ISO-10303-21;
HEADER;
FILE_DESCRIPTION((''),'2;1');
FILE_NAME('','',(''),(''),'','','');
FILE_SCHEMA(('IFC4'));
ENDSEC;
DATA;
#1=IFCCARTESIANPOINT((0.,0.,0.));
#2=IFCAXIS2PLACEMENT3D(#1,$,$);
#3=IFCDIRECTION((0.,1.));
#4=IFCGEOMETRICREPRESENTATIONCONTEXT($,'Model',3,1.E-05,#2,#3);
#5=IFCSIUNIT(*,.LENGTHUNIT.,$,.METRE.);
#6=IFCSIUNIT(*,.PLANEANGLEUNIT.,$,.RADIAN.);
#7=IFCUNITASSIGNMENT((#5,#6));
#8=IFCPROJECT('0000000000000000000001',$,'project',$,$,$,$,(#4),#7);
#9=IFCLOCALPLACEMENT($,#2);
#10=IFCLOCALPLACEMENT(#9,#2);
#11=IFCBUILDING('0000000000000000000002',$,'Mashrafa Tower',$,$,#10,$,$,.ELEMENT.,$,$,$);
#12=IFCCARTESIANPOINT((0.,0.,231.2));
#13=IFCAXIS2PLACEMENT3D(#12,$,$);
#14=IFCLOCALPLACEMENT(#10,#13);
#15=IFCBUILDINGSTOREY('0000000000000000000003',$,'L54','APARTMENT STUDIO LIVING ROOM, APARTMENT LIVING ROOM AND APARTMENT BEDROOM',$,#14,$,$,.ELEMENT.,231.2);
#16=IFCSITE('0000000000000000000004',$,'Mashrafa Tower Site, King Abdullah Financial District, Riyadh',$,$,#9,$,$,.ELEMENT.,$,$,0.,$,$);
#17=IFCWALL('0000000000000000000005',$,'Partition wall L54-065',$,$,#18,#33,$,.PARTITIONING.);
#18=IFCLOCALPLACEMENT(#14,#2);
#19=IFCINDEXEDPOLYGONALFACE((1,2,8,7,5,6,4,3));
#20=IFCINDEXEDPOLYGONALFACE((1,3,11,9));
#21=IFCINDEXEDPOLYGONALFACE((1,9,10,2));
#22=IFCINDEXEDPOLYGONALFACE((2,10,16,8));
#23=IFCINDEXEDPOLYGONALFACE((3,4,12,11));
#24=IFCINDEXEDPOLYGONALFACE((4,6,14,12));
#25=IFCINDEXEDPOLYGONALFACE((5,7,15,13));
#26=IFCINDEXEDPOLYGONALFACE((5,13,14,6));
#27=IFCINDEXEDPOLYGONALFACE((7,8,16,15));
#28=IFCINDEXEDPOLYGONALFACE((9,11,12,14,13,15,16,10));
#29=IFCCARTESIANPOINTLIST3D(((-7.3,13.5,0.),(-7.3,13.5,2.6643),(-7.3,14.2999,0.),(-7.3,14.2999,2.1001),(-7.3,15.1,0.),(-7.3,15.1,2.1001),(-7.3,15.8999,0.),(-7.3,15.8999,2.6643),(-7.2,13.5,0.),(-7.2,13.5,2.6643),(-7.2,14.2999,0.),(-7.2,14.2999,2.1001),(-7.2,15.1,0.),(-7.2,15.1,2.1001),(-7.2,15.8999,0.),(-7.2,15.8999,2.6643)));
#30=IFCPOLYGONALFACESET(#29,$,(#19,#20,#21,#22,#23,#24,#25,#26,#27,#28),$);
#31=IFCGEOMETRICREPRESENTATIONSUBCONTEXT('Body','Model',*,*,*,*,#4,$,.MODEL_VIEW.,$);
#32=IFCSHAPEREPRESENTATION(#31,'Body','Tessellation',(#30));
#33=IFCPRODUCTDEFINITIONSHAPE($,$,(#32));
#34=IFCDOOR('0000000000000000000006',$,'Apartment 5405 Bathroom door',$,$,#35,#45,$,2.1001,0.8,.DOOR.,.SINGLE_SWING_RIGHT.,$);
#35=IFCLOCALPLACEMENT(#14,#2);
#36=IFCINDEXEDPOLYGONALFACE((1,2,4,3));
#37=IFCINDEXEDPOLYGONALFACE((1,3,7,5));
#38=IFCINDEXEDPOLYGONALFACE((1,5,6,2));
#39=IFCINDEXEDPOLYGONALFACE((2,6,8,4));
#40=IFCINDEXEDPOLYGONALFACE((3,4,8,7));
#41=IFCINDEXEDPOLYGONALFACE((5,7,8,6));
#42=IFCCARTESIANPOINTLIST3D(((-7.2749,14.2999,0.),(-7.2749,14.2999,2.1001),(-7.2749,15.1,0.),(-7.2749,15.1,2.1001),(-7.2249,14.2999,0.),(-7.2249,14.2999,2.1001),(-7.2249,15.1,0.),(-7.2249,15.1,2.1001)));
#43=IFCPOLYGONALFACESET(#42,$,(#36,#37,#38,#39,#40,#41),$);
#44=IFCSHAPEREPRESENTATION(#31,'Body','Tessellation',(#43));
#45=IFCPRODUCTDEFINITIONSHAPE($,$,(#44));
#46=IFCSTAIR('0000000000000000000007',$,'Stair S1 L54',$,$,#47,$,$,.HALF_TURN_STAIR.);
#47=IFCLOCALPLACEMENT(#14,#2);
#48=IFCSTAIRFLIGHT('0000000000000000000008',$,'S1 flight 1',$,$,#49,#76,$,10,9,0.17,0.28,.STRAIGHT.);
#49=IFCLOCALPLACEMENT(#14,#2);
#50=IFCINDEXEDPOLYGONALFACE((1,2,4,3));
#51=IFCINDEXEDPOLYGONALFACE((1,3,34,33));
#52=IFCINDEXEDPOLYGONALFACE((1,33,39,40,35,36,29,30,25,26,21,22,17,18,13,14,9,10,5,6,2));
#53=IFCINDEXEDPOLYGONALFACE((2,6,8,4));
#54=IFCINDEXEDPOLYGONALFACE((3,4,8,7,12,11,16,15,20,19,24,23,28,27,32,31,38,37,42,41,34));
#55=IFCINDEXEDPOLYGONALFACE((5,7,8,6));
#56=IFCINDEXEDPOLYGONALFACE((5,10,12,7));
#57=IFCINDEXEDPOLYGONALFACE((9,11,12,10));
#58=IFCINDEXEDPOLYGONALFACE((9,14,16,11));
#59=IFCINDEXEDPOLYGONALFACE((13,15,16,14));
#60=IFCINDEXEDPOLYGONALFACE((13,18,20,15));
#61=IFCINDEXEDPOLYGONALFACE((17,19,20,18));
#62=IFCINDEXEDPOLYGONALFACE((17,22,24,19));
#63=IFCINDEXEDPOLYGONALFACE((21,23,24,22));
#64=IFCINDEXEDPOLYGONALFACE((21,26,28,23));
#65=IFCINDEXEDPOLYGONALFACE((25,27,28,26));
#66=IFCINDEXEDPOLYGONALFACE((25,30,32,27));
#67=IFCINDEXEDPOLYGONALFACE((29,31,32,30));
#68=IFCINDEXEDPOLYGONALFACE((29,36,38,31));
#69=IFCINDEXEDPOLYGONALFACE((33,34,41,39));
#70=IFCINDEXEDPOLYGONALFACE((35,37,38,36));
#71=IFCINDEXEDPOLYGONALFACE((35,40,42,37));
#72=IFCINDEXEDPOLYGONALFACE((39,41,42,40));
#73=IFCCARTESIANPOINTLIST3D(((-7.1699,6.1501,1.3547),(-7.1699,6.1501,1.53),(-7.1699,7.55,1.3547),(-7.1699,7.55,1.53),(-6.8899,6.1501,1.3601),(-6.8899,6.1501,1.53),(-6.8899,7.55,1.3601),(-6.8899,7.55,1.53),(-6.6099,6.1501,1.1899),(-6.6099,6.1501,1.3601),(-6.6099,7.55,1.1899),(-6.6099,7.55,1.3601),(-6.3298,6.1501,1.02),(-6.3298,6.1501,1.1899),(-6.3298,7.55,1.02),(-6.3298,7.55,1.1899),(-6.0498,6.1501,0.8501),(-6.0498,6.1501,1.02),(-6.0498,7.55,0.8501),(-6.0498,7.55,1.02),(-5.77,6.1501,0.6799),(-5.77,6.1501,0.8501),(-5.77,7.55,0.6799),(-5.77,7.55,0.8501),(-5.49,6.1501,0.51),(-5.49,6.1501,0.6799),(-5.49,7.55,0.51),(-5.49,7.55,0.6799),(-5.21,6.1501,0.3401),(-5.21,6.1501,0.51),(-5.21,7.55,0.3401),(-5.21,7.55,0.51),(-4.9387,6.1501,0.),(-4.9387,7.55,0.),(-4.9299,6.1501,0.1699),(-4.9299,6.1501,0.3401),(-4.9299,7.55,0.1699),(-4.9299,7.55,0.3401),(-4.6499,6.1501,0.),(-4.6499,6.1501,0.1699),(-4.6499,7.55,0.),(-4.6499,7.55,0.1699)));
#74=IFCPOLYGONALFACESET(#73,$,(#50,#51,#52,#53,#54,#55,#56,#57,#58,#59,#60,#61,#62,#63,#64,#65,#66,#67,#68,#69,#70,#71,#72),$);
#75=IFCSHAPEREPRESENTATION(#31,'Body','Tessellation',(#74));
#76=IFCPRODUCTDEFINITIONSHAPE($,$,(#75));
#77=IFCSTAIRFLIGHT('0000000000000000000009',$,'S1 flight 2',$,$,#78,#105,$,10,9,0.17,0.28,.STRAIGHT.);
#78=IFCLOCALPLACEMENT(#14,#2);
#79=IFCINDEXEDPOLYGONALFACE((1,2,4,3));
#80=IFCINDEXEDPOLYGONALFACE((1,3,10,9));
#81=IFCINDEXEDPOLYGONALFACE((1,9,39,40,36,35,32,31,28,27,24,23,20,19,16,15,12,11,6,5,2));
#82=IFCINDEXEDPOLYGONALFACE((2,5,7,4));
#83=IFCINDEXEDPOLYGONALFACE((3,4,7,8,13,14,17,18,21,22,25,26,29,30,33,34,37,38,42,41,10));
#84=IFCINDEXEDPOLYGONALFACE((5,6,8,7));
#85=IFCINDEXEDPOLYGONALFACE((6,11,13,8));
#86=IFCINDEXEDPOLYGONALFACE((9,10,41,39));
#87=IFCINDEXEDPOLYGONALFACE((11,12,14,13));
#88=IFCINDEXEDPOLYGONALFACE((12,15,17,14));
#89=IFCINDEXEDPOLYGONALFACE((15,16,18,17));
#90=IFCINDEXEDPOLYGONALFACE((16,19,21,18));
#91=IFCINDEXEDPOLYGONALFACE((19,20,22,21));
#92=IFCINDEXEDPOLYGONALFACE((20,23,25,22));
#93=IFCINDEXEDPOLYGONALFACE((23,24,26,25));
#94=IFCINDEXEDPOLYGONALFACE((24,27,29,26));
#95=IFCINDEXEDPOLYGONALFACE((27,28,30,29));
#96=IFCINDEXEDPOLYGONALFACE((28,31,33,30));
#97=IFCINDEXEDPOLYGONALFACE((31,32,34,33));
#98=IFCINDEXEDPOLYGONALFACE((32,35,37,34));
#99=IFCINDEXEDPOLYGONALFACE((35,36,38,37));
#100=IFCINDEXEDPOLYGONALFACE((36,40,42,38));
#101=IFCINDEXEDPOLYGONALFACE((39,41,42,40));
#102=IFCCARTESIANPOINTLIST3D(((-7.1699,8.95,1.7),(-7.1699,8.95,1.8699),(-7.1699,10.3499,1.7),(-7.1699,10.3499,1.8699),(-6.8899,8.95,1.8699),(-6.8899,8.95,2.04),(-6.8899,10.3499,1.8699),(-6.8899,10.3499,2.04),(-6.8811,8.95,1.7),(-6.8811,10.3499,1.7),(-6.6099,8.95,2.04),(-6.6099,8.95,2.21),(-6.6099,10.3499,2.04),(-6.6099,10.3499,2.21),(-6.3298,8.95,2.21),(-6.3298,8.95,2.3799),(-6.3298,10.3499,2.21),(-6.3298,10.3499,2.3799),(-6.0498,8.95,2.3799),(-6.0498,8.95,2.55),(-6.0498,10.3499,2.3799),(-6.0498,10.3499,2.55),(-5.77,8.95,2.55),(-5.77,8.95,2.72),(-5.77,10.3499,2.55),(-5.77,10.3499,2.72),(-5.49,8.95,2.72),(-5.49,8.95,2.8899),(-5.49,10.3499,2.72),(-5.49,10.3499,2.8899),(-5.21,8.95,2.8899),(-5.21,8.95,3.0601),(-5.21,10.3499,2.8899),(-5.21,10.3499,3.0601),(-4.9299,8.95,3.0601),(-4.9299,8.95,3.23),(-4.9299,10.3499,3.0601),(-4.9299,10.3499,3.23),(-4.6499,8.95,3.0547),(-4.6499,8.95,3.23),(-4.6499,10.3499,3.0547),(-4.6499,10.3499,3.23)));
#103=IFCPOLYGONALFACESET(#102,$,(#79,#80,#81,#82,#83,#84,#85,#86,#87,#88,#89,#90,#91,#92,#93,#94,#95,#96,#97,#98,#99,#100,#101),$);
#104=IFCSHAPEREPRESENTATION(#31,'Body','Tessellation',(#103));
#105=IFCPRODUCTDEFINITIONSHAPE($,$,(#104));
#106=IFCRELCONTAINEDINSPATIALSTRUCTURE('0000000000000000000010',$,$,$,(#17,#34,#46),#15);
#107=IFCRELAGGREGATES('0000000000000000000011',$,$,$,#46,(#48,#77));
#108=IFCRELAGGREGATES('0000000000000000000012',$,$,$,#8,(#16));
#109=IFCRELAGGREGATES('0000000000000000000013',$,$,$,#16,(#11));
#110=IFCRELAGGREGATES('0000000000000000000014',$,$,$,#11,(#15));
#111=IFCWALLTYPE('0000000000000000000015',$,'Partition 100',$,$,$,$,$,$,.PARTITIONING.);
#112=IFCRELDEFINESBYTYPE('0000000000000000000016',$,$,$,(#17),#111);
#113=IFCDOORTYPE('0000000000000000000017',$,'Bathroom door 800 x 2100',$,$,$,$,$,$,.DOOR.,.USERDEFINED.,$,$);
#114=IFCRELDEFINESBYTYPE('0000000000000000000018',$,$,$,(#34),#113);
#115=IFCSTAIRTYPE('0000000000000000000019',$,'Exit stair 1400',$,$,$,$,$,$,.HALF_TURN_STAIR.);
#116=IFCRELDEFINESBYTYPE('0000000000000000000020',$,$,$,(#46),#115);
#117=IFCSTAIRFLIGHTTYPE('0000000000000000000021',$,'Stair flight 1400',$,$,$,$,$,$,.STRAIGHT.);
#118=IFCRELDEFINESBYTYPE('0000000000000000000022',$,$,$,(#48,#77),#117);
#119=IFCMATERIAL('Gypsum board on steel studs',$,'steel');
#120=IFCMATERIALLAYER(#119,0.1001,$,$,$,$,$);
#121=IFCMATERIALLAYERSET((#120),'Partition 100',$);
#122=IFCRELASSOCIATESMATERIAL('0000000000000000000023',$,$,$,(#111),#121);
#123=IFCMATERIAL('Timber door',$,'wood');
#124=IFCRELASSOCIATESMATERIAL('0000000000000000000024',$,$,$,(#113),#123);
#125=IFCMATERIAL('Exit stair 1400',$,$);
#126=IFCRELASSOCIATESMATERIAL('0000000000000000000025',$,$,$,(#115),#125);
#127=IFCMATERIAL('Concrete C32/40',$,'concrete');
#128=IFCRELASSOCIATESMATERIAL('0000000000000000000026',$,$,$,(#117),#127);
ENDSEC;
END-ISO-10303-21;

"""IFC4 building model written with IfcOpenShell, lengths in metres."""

from ifc_helpers import new_model, si_unit, direction, frame, frame_2d, origin, place, context, subcontext, project, spatial, polyline, rectangle, outline, extrude, material, layer, layer_set, type_object, element, fill, aggregate, save


model = new_model("IFC4")

# Units and contexts
model_context = context("Model", 3, precision=1e-05, world=origin(), true_north=direction((0.0, 1.0)))
body_context = subcontext(model_context, "Body", "Model", "MODEL_VIEW")
ifc_project = project(units=[si_unit("LENGTHUNIT", "METRE"), si_unit("PLANEANGLEUNIT", "RADIAN")], contexts=[model_context])

# Site, building, storey
site_placement = place(None, origin())
site = spatial("IfcSite", under=ifc_project, at=site_placement, Name="Mashrafa Tower Site, King Abdullah Financial District, Riyadh", CompositionType="ELEMENT", RefElevation=0.0)
building_placement = place(site_placement, origin())
building = spatial("IfcBuilding", under=site, at=building_placement, Name="Mashrafa Tower", CompositionType="ELEMENT")
storey_placement = place(building_placement, frame((0.0, 0.0, 231.2)))
storey = spatial("IfcBuildingStorey", under=building, at=storey_placement, Name="L54", Description="APARTMENT STUDIO LIVING ROOM, APARTMENT LIVING ROOM AND APARTMENT BEDROOM", CompositionType="ELEMENT", Elevation=231.2)

# Shared definitions
ifc_material_1 = material(Name="Gypsum board on steel studs", Category="steel")
ifc_layer_1 = layer(ifc_material_1, 0.1001)
ifc_layer_set_1 = layer_set([ifc_layer_1], Name="Partition 100")
wall_type_1 = type_object("IfcWallType", Name="Partition 100", PredefinedType="PARTITIONING", material=ifc_layer_set_1)

# Wall, opening, door
wall_1_placement = place(storey_placement, frame((-7.25, 13.5, 0.0), z_axis=(0.0, 0.0, 1.0), x_axis=(0.0, 1.0, 0.0)))
wall_1 = element("IfcWall", 1, at=wall_1_placement, inside=storey, type_object=wall_type_1, Name="Partition wall L54-065", PredefinedType="PARTITIONING", context=body_context, shape_type="SweptSolid", body=[
    extrude(rectangle(XDim=2.3999, YDim=0.1001, at=frame_2d((1.2, 0.0))), origin(), (0.0, 0.0, 1.0), 2.6643),
])
opening_1_placement = place(wall_1_placement, frame((0.8, 0.0, 0.0)))
opening_1 = element("IfcOpeningElement", 2, at=opening_1_placement, cuts=wall_1, PredefinedType="OPENING", context=body_context, shape_type="SweptSolid", body=[
    extrude(rectangle(XDim=0.8, YDim=2.1001, at=frame_2d((0.3999, 1.05))), frame((0.0, 0.0601, 0.0), z_axis=(0.0, -1.0, 0.0), x_axis=(1.0, 0.0, 0.0)), (0.0, 0.0, 1.0), 0.1201),
])
ifc_material_2 = material(Name="Timber door", Category="wood")
door_type_1 = type_object("IfcDoorType", Name="Bathroom door 800 x 2100", OperationType="USERDEFINED", PredefinedType="DOOR", material=ifc_material_2)
door_1_placement = place(opening_1_placement, origin())
door_1 = element("IfcDoor", 3, at=door_1_placement, inside=storey, type_object=door_type_1, Name="Apartment 5405 Bathroom door", OperationType="SINGLE_SWING_RIGHT", OverallHeight=2.1001, OverallWidth=0.8, PredefinedType="DOOR", context=body_context, shape_type="SweptSolid", body=[
    extrude(rectangle(XDim=0.8, YDim=2.1001, at=frame_2d((0.3999, 1.05))), frame((0.0, 0.0249, 0.0), z_axis=(0.0, -1.0, 0.0), x_axis=(1.0, 0.0, 0.0)), (0.0, 0.0, 1.0), 0.05),
])
fill(opening_1, door_1)

# Stair, stair flights
ifc_material_3 = material(Name="Exit stair 1400")
stair_type = type_object("IfcStairType", Name="Exit stair 1400", PredefinedType="HALF_TURN_STAIR", material=ifc_material_3)
stair_placement = place(storey_placement, origin())
stair = element("IfcStair", 4, at=stair_placement, inside=storey, type_object=stair_type, Name="Stair S1 L54", PredefinedType="HALF_TURN_STAIR")
ifc_material_4 = material(Name="Concrete C32/40", Category="concrete")
stair_flight_type = type_object("IfcStairFlightType", Name="Stair flight 1400", PredefinedType="STRAIGHT", material=ifc_material_4)
stair_flight_1_placement = place(storey_placement, frame((-4.6499, 6.8501, 0.0), z_axis=(0.0, 0.0, 1.0), x_axis=(-1.0, 0.0, 0.0)))
stair_flight_1 = element("IfcStairFlight", 5, at=stair_flight_1_placement, type_object=stair_flight_type, Name="S1 flight 1", NumberOfRisers=10, NumberOfTreads=9, PredefinedType="STRAIGHT", RiserHeight=0.17, TreadLength=0.28, context=body_context, shape_type="SweptSolid", body=[
    extrude(outline(polyline([(0.0, 0.0), (0.0, 0.1699), (0.28, 0.1699), (0.28, 0.3401), (0.5601, 0.3401), (0.5601, 0.51), (0.8401, 0.51), (0.8401, 0.6799), (1.1201, 0.6799), (1.1201, 0.8501), (1.3999, 0.8501), (1.3999, 1.02), (1.6799, 1.02), (1.6799, 1.1899), (1.96, 1.1899), (1.96, 1.3601), (2.24, 1.3601), (2.24, 1.53), (2.52, 1.53), (2.52, 1.7), (2.52, 1.3547), (0.2888, 0.0), (0.0, 0.0)])), frame((0.0, 0.7, 0.0), z_axis=(0.0, -1.0, 0.0), x_axis=(1.0, 0.0, 0.0)), (0.0, 0.0, 1.0), 1.3999),
])
stair_flight_2_placement = place(storey_placement, frame((-7.1699, 9.6499, 1.7), z_axis=(0.0, 0.0, 1.0), x_axis=(1.0, 0.0, 0.0)))
stair_flight_2 = element("IfcStairFlight", 6, at=stair_flight_2_placement, type_object=stair_flight_type, Name="S1 flight 2", NumberOfRisers=10, NumberOfTreads=9, PredefinedType="STRAIGHT", RiserHeight=0.17, TreadLength=0.28, context=body_context, shape_type="SweptSolid", body=[
    extrude(outline(polyline([(0.0, 0.0), (0.0, 0.1699), (0.28, 0.1699), (0.28, 0.3401), (0.5601, 0.3401), (0.5601, 0.51), (0.8401, 0.51), (0.8401, 0.6799), (1.1201, 0.6799), (1.1201, 0.8501), (1.3999, 0.8501), (1.3999, 1.02), (1.6799, 1.02), (1.6799, 1.1899), (1.96, 1.1899), (1.96, 1.3601), (2.24, 1.3601), (2.24, 1.53), (2.52, 1.53), (2.52, 1.7), (2.52, 1.3547), (0.2888, 0.0), (0.0, 0.0)])), frame((0.0, 0.7, 0.0), z_axis=(0.0, -1.0, 0.0), x_axis=(1.0, 0.0, 0.0)), (0.0, 0.0, 1.0), 1.3999),
])
aggregate(stair, [stair_flight_1, stair_flight_2])

save(model, "model.ifc")
